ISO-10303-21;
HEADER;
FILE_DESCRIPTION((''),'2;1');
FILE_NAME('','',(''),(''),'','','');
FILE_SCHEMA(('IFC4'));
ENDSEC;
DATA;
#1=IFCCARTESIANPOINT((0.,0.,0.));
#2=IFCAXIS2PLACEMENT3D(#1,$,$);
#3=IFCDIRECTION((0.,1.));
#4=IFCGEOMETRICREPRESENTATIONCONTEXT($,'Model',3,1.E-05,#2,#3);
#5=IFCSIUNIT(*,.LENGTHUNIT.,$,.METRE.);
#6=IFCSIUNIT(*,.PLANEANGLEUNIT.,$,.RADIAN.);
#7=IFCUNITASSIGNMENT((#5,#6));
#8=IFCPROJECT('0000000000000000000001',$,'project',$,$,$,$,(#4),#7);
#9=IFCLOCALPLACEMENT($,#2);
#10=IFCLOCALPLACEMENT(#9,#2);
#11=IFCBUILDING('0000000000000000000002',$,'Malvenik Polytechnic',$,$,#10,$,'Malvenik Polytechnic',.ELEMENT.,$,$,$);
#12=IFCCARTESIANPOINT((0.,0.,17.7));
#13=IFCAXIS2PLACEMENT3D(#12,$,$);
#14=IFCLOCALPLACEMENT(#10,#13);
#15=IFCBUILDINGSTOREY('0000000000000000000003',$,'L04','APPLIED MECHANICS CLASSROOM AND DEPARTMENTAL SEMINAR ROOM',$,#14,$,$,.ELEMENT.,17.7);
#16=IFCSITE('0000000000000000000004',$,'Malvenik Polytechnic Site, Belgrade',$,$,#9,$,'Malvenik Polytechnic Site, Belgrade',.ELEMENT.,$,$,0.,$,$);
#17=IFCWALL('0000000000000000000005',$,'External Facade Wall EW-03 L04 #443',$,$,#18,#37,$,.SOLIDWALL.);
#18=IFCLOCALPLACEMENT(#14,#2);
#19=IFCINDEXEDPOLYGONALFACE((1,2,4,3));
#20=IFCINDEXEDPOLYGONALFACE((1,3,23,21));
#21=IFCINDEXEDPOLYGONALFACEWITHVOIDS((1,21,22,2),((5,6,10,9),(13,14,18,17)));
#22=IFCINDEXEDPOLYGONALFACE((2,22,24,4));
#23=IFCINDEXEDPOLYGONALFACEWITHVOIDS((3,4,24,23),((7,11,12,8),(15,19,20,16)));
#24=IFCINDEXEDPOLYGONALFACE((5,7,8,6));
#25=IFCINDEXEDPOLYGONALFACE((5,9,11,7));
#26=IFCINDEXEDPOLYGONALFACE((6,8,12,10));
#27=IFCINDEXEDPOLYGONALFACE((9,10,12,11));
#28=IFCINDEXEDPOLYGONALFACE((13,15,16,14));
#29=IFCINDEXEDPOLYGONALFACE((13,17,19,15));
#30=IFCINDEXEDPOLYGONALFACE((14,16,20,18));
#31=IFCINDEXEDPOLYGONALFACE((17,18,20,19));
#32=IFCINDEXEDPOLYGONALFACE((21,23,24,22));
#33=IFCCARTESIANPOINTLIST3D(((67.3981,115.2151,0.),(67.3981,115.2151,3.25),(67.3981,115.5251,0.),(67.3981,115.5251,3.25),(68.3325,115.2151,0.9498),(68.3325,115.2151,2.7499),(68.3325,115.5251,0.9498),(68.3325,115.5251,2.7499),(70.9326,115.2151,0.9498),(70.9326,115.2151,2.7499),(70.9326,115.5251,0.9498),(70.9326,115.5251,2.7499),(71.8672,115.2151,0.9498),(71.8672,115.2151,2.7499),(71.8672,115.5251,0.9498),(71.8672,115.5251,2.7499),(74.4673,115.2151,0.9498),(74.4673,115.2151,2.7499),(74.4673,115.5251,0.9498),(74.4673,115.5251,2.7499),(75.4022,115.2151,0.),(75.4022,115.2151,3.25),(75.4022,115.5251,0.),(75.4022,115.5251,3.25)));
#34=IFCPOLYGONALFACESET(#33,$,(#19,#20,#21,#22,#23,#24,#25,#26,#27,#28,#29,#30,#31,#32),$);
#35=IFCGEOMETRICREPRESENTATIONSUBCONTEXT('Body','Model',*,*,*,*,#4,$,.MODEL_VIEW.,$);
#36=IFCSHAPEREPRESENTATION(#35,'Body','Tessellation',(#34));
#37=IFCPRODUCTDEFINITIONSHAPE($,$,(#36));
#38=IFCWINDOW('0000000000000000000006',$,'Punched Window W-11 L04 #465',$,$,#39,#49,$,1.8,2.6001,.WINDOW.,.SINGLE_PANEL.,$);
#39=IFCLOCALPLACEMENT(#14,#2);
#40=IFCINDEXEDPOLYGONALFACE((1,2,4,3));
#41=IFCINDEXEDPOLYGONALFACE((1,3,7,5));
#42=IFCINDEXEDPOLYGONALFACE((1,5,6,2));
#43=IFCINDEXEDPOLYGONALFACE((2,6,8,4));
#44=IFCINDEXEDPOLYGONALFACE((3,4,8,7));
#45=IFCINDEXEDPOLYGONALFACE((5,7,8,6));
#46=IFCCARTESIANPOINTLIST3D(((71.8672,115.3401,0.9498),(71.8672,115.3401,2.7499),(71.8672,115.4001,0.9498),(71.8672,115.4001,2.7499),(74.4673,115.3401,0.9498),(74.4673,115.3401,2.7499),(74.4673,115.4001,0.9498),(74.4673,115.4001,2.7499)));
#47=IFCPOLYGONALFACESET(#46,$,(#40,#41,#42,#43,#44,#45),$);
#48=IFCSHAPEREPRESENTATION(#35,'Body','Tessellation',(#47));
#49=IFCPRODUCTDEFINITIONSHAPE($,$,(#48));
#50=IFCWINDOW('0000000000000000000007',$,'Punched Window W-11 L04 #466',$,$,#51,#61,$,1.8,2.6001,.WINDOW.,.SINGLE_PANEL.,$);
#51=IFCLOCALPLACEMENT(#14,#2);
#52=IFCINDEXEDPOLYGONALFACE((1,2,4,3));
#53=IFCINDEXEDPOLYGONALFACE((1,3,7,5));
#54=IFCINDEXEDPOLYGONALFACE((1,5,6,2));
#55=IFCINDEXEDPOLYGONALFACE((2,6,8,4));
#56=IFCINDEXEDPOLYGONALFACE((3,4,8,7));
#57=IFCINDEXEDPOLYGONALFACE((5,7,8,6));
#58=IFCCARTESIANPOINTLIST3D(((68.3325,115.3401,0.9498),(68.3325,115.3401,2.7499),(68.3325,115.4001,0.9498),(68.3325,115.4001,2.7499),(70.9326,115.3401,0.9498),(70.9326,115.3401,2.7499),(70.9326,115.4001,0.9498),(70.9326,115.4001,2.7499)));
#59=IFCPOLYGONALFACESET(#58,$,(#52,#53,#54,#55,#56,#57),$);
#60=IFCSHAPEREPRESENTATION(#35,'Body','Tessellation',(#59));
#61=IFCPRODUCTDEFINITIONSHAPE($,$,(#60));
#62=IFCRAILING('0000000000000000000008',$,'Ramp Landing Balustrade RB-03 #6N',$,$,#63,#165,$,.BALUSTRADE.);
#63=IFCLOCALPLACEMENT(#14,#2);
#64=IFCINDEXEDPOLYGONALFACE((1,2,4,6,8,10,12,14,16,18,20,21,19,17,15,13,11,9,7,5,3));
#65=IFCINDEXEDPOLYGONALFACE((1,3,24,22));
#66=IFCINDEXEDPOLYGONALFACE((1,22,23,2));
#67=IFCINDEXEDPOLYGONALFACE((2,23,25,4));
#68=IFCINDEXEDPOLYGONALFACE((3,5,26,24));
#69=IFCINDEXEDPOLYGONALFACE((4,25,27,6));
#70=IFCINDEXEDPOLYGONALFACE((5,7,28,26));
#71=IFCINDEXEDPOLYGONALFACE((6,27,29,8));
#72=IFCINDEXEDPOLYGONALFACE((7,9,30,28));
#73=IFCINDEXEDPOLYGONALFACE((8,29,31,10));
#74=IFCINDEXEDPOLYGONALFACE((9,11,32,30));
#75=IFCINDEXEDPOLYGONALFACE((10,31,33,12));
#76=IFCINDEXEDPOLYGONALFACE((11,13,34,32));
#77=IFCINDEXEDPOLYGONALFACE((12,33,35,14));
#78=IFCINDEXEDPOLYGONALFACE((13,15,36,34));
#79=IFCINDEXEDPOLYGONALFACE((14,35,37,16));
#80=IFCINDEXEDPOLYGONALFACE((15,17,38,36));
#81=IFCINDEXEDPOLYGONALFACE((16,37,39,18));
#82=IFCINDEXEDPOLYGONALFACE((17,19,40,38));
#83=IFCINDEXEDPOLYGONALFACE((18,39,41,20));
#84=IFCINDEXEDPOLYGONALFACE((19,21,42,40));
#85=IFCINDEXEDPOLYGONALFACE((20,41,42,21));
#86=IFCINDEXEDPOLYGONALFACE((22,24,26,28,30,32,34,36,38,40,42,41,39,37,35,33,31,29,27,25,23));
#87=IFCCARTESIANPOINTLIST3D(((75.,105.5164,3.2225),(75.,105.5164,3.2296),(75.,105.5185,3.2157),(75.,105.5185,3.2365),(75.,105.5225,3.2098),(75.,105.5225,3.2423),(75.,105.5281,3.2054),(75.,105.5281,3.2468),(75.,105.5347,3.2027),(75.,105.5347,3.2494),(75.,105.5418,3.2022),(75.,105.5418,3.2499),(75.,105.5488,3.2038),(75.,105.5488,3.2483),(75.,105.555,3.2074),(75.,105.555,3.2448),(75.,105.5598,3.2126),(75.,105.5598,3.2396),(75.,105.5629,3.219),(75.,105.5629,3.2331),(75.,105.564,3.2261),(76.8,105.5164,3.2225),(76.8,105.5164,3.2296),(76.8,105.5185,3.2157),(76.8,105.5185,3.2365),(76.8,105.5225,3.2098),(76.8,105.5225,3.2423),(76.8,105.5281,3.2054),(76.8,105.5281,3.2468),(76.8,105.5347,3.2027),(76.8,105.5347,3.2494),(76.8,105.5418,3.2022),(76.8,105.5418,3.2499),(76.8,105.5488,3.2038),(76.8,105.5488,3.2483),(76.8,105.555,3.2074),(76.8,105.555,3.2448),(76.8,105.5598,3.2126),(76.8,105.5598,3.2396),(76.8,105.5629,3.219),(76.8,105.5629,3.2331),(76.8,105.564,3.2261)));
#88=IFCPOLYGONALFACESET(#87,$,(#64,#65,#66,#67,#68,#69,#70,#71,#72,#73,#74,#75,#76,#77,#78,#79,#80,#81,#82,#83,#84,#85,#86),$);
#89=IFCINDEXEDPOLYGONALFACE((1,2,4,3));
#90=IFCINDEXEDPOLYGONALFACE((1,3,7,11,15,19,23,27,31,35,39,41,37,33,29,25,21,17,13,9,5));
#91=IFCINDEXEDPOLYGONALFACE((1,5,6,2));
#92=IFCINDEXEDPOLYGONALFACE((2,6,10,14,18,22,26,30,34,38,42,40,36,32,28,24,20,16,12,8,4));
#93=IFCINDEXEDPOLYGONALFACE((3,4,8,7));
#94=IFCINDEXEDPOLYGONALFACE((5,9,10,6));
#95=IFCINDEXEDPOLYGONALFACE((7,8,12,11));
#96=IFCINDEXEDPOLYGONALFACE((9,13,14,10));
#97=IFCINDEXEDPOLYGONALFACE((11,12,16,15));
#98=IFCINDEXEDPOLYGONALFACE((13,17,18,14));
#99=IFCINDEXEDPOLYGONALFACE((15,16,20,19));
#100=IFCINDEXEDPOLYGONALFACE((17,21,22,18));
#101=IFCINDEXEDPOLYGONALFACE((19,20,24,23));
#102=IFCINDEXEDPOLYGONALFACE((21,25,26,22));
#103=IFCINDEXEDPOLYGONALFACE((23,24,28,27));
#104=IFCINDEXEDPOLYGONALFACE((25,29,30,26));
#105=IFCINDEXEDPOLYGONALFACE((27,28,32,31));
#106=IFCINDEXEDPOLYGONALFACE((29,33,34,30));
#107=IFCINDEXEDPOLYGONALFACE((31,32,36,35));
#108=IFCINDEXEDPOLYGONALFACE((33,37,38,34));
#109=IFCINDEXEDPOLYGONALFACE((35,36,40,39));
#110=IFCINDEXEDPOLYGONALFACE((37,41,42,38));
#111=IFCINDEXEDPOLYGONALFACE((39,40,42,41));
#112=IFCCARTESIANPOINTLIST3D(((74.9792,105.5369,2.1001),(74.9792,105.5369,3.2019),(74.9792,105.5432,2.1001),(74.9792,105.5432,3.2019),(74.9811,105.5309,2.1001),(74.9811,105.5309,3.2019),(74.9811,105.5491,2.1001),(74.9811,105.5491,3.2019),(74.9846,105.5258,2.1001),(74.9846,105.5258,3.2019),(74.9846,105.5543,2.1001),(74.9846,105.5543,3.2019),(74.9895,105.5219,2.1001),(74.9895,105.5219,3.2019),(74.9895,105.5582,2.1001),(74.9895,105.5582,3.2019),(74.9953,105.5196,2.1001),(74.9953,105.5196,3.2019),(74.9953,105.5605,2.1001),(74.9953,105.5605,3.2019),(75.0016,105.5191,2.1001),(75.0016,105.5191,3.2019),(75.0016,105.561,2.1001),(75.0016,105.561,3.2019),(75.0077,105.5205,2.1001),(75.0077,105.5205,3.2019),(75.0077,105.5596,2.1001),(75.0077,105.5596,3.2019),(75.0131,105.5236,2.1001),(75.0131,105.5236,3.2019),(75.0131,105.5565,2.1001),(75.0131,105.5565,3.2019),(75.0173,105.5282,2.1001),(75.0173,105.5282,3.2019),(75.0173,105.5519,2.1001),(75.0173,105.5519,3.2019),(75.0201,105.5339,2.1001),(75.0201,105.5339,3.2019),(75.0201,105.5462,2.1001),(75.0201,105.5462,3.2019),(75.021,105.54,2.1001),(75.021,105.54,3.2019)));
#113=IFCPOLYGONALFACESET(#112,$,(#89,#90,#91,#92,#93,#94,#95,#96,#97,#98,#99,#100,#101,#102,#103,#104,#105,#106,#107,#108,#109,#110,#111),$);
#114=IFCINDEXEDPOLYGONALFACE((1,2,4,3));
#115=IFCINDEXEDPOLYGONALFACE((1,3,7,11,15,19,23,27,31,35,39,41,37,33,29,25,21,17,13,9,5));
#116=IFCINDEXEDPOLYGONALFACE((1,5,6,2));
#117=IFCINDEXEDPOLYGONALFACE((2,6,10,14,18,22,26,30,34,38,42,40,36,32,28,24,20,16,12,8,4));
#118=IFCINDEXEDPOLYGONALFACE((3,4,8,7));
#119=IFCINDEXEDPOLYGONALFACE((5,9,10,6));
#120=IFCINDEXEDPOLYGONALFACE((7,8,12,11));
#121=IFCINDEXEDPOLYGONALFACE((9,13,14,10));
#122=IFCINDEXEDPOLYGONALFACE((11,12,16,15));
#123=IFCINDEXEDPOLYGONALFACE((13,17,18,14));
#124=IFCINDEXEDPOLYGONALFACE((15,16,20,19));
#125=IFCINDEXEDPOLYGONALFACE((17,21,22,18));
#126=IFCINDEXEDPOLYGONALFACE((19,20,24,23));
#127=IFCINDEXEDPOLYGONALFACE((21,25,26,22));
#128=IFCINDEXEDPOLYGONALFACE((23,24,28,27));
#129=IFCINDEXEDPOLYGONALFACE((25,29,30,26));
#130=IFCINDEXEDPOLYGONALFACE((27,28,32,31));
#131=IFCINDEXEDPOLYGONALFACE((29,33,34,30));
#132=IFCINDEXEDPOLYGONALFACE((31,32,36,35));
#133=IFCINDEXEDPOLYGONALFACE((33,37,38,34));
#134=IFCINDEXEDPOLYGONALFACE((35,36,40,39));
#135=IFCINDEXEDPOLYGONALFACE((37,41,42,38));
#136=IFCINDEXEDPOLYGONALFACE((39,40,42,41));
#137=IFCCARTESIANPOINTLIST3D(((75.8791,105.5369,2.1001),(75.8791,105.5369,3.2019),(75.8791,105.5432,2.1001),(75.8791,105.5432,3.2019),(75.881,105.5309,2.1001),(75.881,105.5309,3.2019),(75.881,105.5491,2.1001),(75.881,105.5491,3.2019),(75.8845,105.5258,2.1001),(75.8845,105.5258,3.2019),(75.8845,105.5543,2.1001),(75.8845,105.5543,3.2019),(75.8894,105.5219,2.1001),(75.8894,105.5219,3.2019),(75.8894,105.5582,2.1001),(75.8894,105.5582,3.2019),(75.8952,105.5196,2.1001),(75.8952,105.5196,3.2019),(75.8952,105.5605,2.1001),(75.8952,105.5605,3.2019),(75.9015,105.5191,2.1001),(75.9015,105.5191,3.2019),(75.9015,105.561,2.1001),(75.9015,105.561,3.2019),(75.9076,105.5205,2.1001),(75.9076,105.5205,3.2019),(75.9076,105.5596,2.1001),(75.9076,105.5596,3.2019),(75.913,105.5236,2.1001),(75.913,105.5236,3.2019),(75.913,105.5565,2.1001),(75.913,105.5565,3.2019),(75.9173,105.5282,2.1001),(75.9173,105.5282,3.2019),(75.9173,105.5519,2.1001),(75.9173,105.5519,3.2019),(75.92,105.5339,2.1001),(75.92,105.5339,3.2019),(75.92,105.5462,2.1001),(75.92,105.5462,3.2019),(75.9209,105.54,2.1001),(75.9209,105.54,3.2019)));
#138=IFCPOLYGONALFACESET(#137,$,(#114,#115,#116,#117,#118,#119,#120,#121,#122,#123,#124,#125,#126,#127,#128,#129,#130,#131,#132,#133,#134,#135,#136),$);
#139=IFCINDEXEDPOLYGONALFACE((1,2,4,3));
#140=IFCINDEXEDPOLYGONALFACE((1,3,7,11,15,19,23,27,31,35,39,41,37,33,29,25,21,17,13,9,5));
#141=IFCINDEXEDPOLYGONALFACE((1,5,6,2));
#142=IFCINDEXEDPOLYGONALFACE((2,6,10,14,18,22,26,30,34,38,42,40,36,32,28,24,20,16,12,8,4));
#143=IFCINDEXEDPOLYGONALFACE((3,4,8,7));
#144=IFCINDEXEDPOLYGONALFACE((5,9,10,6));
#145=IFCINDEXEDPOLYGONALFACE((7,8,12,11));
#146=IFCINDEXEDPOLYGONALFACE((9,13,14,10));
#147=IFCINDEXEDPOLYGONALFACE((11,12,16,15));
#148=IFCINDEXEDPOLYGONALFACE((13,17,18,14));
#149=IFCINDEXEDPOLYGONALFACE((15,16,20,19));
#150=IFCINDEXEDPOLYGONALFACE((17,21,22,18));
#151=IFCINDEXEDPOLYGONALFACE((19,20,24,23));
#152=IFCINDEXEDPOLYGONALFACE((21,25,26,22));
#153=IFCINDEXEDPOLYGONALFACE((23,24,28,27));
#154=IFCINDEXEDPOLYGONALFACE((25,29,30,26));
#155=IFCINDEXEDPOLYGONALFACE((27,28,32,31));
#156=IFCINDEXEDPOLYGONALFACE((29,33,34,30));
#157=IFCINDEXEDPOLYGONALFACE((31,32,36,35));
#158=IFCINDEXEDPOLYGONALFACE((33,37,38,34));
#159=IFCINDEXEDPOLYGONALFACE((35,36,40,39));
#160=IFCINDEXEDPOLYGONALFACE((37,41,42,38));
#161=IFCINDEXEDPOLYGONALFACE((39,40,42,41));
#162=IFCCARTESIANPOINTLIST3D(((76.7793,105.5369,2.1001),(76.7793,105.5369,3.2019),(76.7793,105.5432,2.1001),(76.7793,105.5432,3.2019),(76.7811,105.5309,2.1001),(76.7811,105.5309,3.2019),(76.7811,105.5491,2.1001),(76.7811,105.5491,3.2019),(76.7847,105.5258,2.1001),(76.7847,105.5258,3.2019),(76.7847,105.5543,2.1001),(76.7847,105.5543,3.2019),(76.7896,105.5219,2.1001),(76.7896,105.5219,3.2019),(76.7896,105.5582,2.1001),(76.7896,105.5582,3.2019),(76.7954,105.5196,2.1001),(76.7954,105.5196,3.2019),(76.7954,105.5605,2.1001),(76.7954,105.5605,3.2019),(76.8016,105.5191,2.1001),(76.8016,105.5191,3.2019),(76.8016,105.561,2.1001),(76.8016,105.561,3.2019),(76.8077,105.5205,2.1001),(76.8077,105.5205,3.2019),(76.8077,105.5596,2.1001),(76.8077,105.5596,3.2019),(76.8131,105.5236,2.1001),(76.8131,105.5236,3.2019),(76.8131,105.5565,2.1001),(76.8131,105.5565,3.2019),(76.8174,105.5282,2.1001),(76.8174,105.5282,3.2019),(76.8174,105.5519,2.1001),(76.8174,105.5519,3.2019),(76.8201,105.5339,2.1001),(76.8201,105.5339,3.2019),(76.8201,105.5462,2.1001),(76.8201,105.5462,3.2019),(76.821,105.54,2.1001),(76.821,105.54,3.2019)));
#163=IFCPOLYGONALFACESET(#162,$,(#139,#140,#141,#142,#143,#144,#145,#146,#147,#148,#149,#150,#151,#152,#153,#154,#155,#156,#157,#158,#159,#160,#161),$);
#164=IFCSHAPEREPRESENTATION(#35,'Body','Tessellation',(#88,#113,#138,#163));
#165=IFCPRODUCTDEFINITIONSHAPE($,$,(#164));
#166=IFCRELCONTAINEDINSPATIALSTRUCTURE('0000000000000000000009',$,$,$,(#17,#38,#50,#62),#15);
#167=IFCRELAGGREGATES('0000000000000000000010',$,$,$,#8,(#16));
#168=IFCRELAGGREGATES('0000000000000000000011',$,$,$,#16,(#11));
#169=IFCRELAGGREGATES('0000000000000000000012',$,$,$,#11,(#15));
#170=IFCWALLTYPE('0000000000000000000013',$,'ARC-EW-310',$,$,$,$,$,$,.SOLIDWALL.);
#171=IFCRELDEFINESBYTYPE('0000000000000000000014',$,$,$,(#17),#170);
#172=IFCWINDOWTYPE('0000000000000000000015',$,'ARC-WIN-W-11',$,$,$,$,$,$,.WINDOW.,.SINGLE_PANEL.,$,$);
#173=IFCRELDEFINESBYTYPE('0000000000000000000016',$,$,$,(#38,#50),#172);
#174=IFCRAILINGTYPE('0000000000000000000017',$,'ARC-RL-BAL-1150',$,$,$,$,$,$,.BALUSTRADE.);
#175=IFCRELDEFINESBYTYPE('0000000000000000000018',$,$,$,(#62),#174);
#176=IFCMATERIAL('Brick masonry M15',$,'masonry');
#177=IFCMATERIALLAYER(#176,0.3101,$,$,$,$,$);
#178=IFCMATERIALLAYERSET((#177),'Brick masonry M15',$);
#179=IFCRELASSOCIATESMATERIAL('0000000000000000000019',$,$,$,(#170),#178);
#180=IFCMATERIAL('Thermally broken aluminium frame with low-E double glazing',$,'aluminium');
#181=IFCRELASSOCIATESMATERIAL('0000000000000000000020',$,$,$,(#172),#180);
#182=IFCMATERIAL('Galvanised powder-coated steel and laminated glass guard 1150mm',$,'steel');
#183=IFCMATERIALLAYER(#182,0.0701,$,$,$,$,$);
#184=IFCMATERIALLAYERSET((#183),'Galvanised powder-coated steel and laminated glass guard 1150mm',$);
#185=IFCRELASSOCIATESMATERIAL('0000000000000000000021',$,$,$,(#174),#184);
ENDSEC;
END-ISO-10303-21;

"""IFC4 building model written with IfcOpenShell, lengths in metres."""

from ifc_helpers import new_model, si_unit, direction, frame, frame_2d, origin, origin_2d, place, context, subcontext, project, spatial, rectangle, circle, extrude, material, layer, layer_set, type_object, element, fill, save


model = new_model("IFC4")

# Units and contexts
model_context = context("Model", 3, precision=1e-05, world=origin(), true_north=direction((0.0, 1.0)))
body_context = subcontext(model_context, "Body", "Model", "MODEL_VIEW")
ifc_project = project(units=[si_unit("LENGTHUNIT", "METRE"), si_unit("PLANEANGLEUNIT", "RADIAN")], contexts=[model_context])

# Site, building, storey
site_placement = place(None, origin())
site = spatial("IfcSite", under=ifc_project, at=site_placement, Name="Malvenik Polytechnic Site, Belgrade", LongName="Malvenik Polytechnic Site, Belgrade", CompositionType="ELEMENT", RefElevation=0.0)
building_placement = place(site_placement, origin())
building = spatial("IfcBuilding", under=site, at=building_placement, Name="Malvenik Polytechnic", LongName="Malvenik Polytechnic", CompositionType="ELEMENT")
storey_placement = place(building_placement, frame((0.0, 0.0, 17.7)))
storey = spatial("IfcBuildingStorey", under=building, at=storey_placement, Name="L04", Description="APPLIED MECHANICS CLASSROOM AND DEPARTMENTAL SEMINAR ROOM", CompositionType="ELEMENT", Elevation=17.7)

# Shared definitions
ifc_material_1 = material(Name="Brick masonry M15", Category="masonry")
ifc_layer_1 = layer(ifc_material_1, 0.3101)
ifc_layer_set_1 = layer_set([ifc_layer_1], Name="Brick masonry M15")
wall_type = type_object("IfcWallType", Name="ARC-EW-310", PredefinedType="SOLIDWALL", material=ifc_layer_set_1)
ifc_material_2 = material(Name="Thermally broken aluminium frame with low-E double glazing", Category="aluminium")

# Wall, openings, windows
wall_1_placement = place(storey_placement, frame((75.4021, 115.3701, 0.0), z_axis=(0.0, 0.0, 1.0), x_axis=(-1.0, 0.0, 0.0)))
wall_1 = element("IfcWall", 1, at=wall_1_placement, inside=storey, type_object=wall_type, Name="External Facade Wall EW-03 L04 #443", PredefinedType="SOLIDWALL", context=body_context, shape_type="SweptSolid", body=[
    extrude(rectangle(XDim=8.0042, YDim=0.3101, at=frame_2d((4.002, 0.0))), origin(), (0.0, 0.0, 1.0), 3.25),
])
opening_1_placement = place(wall_1_placement, frame((0.9348, 0.0, 0.95)))
opening_1 = element("IfcOpeningElement", 2, at=opening_1_placement, cuts=wall_1, PredefinedType="OPENING", context=body_context, shape_type="SweptSolid", body=[
    extrude(rectangle(XDim=2.6001, YDim=1.8, at=frame_2d((1.3, 0.8999))), frame((0.0, 0.165, 0.0), z_axis=(0.0, -1.0, 0.0), x_axis=(1.0, 0.0, 0.0)), (0.0, 0.0, 1.0), 0.3301),
])
opening_2_placement = place(wall_1_placement, frame((4.4695, 0.0, 0.95)))
opening_2 = element("IfcOpeningElement", 3, at=opening_2_placement, cuts=wall_1, PredefinedType="OPENING", context=body_context, shape_type="SweptSolid", body=[
    extrude(rectangle(XDim=2.6001, YDim=1.8, at=frame_2d((1.3, 0.8999))), frame((0.0, 0.165, 0.0), z_axis=(0.0, -1.0, 0.0), x_axis=(1.0, 0.0, 0.0)), (0.0, 0.0, 1.0), 0.3301),
])
window_type_1 = type_object("IfcWindowType", Name="ARC-WIN-W-11", PartitioningType="SINGLE_PANEL", PredefinedType="WINDOW", material=ifc_material_2)
window_1_placement = place(opening_1_placement, origin())
window_1 = element("IfcWindow", 4, at=window_1_placement, inside=storey, type_object=window_type_1, Name="Punched Window W-11 L04 #465", OverallHeight=1.8, OverallWidth=2.6001, PartitioningType="SINGLE_PANEL", PredefinedType="WINDOW", context=body_context, shape_type="SweptSolid", body=[
    extrude(rectangle(XDim=2.6001, YDim=1.8, at=frame_2d((1.3, 0.8999))), frame((0.0, 0.03, 0.0), z_axis=(0.0, -1.0, 0.0), x_axis=(1.0, 0.0, 0.0)), (0.0, 0.0, 1.0), 0.0601),
])
fill(opening_1, window_1)
window_2_placement = place(opening_2_placement, origin())
window_2 = element("IfcWindow", 5, at=window_2_placement, inside=storey, type_object=window_type_1, Name="Punched Window W-11 L04 #466", OverallHeight=1.8, OverallWidth=2.6001, PartitioningType="SINGLE_PANEL", PredefinedType="WINDOW", context=body_context, shape_type="SweptSolid", body=[
    extrude(rectangle(XDim=2.6001, YDim=1.8, at=frame_2d((1.3, 0.8999))), frame((0.0, 0.03, 0.0), z_axis=(0.0, -1.0, 0.0), x_axis=(1.0, 0.0, 0.0)), (0.0, 0.0, 1.0), 0.0601),
])
fill(opening_2, window_2)

# Railing
ifc_material_3 = material(Name="Galvanised powder-coated steel and laminated glass guard 1150mm", Category="steel")
ifc_layer_2 = layer(ifc_material_3, 0.0701)
ifc_layer_set_2 = layer_set([ifc_layer_2], Name="Galvanised powder-coated steel and laminated glass guard 1150mm")
railing_type_1 = type_object("IfcRailingType", Name="ARC-RL-BAL-1150", PredefinedType="BALUSTRADE", material=ifc_layer_set_2)
railing_1_placement = place(storey_placement, frame((75.0, 105.54, 2.1001)))
element("IfcRailing", 6, at=railing_1_placement, inside=storey, type_object=railing_type_1, Name="Ramp Landing Balustrade RB-03 #6N", PredefinedType="BALUSTRADE", context=body_context, shape_type="SweptSolid", body=[
    extrude(circle(Radius=0.0239, at=origin_2d()), frame((0.0, 0.0, 1.126), z_axis=(1.0, 0.0, 0.0), x_axis=(0.0, 1.0, 0.0)), (0.0, 0.0, 1.0), 1.8),
    extrude(circle(Radius=0.021, at=origin_2d()), origin(), (0.0, 0.0, 1.0), 1.1018),
    extrude(circle(Radius=0.021, at=origin_2d()), frame((0.8999, 0.0, 0.0)), (0.0, 0.0, 1.0), 1.1018),
    extrude(circle(Radius=0.021, at=origin_2d()), frame((1.8, 0.0, 0.0)), (0.0, 0.0, 1.0), 1.1018),
])

save(model, "model.ifc")
